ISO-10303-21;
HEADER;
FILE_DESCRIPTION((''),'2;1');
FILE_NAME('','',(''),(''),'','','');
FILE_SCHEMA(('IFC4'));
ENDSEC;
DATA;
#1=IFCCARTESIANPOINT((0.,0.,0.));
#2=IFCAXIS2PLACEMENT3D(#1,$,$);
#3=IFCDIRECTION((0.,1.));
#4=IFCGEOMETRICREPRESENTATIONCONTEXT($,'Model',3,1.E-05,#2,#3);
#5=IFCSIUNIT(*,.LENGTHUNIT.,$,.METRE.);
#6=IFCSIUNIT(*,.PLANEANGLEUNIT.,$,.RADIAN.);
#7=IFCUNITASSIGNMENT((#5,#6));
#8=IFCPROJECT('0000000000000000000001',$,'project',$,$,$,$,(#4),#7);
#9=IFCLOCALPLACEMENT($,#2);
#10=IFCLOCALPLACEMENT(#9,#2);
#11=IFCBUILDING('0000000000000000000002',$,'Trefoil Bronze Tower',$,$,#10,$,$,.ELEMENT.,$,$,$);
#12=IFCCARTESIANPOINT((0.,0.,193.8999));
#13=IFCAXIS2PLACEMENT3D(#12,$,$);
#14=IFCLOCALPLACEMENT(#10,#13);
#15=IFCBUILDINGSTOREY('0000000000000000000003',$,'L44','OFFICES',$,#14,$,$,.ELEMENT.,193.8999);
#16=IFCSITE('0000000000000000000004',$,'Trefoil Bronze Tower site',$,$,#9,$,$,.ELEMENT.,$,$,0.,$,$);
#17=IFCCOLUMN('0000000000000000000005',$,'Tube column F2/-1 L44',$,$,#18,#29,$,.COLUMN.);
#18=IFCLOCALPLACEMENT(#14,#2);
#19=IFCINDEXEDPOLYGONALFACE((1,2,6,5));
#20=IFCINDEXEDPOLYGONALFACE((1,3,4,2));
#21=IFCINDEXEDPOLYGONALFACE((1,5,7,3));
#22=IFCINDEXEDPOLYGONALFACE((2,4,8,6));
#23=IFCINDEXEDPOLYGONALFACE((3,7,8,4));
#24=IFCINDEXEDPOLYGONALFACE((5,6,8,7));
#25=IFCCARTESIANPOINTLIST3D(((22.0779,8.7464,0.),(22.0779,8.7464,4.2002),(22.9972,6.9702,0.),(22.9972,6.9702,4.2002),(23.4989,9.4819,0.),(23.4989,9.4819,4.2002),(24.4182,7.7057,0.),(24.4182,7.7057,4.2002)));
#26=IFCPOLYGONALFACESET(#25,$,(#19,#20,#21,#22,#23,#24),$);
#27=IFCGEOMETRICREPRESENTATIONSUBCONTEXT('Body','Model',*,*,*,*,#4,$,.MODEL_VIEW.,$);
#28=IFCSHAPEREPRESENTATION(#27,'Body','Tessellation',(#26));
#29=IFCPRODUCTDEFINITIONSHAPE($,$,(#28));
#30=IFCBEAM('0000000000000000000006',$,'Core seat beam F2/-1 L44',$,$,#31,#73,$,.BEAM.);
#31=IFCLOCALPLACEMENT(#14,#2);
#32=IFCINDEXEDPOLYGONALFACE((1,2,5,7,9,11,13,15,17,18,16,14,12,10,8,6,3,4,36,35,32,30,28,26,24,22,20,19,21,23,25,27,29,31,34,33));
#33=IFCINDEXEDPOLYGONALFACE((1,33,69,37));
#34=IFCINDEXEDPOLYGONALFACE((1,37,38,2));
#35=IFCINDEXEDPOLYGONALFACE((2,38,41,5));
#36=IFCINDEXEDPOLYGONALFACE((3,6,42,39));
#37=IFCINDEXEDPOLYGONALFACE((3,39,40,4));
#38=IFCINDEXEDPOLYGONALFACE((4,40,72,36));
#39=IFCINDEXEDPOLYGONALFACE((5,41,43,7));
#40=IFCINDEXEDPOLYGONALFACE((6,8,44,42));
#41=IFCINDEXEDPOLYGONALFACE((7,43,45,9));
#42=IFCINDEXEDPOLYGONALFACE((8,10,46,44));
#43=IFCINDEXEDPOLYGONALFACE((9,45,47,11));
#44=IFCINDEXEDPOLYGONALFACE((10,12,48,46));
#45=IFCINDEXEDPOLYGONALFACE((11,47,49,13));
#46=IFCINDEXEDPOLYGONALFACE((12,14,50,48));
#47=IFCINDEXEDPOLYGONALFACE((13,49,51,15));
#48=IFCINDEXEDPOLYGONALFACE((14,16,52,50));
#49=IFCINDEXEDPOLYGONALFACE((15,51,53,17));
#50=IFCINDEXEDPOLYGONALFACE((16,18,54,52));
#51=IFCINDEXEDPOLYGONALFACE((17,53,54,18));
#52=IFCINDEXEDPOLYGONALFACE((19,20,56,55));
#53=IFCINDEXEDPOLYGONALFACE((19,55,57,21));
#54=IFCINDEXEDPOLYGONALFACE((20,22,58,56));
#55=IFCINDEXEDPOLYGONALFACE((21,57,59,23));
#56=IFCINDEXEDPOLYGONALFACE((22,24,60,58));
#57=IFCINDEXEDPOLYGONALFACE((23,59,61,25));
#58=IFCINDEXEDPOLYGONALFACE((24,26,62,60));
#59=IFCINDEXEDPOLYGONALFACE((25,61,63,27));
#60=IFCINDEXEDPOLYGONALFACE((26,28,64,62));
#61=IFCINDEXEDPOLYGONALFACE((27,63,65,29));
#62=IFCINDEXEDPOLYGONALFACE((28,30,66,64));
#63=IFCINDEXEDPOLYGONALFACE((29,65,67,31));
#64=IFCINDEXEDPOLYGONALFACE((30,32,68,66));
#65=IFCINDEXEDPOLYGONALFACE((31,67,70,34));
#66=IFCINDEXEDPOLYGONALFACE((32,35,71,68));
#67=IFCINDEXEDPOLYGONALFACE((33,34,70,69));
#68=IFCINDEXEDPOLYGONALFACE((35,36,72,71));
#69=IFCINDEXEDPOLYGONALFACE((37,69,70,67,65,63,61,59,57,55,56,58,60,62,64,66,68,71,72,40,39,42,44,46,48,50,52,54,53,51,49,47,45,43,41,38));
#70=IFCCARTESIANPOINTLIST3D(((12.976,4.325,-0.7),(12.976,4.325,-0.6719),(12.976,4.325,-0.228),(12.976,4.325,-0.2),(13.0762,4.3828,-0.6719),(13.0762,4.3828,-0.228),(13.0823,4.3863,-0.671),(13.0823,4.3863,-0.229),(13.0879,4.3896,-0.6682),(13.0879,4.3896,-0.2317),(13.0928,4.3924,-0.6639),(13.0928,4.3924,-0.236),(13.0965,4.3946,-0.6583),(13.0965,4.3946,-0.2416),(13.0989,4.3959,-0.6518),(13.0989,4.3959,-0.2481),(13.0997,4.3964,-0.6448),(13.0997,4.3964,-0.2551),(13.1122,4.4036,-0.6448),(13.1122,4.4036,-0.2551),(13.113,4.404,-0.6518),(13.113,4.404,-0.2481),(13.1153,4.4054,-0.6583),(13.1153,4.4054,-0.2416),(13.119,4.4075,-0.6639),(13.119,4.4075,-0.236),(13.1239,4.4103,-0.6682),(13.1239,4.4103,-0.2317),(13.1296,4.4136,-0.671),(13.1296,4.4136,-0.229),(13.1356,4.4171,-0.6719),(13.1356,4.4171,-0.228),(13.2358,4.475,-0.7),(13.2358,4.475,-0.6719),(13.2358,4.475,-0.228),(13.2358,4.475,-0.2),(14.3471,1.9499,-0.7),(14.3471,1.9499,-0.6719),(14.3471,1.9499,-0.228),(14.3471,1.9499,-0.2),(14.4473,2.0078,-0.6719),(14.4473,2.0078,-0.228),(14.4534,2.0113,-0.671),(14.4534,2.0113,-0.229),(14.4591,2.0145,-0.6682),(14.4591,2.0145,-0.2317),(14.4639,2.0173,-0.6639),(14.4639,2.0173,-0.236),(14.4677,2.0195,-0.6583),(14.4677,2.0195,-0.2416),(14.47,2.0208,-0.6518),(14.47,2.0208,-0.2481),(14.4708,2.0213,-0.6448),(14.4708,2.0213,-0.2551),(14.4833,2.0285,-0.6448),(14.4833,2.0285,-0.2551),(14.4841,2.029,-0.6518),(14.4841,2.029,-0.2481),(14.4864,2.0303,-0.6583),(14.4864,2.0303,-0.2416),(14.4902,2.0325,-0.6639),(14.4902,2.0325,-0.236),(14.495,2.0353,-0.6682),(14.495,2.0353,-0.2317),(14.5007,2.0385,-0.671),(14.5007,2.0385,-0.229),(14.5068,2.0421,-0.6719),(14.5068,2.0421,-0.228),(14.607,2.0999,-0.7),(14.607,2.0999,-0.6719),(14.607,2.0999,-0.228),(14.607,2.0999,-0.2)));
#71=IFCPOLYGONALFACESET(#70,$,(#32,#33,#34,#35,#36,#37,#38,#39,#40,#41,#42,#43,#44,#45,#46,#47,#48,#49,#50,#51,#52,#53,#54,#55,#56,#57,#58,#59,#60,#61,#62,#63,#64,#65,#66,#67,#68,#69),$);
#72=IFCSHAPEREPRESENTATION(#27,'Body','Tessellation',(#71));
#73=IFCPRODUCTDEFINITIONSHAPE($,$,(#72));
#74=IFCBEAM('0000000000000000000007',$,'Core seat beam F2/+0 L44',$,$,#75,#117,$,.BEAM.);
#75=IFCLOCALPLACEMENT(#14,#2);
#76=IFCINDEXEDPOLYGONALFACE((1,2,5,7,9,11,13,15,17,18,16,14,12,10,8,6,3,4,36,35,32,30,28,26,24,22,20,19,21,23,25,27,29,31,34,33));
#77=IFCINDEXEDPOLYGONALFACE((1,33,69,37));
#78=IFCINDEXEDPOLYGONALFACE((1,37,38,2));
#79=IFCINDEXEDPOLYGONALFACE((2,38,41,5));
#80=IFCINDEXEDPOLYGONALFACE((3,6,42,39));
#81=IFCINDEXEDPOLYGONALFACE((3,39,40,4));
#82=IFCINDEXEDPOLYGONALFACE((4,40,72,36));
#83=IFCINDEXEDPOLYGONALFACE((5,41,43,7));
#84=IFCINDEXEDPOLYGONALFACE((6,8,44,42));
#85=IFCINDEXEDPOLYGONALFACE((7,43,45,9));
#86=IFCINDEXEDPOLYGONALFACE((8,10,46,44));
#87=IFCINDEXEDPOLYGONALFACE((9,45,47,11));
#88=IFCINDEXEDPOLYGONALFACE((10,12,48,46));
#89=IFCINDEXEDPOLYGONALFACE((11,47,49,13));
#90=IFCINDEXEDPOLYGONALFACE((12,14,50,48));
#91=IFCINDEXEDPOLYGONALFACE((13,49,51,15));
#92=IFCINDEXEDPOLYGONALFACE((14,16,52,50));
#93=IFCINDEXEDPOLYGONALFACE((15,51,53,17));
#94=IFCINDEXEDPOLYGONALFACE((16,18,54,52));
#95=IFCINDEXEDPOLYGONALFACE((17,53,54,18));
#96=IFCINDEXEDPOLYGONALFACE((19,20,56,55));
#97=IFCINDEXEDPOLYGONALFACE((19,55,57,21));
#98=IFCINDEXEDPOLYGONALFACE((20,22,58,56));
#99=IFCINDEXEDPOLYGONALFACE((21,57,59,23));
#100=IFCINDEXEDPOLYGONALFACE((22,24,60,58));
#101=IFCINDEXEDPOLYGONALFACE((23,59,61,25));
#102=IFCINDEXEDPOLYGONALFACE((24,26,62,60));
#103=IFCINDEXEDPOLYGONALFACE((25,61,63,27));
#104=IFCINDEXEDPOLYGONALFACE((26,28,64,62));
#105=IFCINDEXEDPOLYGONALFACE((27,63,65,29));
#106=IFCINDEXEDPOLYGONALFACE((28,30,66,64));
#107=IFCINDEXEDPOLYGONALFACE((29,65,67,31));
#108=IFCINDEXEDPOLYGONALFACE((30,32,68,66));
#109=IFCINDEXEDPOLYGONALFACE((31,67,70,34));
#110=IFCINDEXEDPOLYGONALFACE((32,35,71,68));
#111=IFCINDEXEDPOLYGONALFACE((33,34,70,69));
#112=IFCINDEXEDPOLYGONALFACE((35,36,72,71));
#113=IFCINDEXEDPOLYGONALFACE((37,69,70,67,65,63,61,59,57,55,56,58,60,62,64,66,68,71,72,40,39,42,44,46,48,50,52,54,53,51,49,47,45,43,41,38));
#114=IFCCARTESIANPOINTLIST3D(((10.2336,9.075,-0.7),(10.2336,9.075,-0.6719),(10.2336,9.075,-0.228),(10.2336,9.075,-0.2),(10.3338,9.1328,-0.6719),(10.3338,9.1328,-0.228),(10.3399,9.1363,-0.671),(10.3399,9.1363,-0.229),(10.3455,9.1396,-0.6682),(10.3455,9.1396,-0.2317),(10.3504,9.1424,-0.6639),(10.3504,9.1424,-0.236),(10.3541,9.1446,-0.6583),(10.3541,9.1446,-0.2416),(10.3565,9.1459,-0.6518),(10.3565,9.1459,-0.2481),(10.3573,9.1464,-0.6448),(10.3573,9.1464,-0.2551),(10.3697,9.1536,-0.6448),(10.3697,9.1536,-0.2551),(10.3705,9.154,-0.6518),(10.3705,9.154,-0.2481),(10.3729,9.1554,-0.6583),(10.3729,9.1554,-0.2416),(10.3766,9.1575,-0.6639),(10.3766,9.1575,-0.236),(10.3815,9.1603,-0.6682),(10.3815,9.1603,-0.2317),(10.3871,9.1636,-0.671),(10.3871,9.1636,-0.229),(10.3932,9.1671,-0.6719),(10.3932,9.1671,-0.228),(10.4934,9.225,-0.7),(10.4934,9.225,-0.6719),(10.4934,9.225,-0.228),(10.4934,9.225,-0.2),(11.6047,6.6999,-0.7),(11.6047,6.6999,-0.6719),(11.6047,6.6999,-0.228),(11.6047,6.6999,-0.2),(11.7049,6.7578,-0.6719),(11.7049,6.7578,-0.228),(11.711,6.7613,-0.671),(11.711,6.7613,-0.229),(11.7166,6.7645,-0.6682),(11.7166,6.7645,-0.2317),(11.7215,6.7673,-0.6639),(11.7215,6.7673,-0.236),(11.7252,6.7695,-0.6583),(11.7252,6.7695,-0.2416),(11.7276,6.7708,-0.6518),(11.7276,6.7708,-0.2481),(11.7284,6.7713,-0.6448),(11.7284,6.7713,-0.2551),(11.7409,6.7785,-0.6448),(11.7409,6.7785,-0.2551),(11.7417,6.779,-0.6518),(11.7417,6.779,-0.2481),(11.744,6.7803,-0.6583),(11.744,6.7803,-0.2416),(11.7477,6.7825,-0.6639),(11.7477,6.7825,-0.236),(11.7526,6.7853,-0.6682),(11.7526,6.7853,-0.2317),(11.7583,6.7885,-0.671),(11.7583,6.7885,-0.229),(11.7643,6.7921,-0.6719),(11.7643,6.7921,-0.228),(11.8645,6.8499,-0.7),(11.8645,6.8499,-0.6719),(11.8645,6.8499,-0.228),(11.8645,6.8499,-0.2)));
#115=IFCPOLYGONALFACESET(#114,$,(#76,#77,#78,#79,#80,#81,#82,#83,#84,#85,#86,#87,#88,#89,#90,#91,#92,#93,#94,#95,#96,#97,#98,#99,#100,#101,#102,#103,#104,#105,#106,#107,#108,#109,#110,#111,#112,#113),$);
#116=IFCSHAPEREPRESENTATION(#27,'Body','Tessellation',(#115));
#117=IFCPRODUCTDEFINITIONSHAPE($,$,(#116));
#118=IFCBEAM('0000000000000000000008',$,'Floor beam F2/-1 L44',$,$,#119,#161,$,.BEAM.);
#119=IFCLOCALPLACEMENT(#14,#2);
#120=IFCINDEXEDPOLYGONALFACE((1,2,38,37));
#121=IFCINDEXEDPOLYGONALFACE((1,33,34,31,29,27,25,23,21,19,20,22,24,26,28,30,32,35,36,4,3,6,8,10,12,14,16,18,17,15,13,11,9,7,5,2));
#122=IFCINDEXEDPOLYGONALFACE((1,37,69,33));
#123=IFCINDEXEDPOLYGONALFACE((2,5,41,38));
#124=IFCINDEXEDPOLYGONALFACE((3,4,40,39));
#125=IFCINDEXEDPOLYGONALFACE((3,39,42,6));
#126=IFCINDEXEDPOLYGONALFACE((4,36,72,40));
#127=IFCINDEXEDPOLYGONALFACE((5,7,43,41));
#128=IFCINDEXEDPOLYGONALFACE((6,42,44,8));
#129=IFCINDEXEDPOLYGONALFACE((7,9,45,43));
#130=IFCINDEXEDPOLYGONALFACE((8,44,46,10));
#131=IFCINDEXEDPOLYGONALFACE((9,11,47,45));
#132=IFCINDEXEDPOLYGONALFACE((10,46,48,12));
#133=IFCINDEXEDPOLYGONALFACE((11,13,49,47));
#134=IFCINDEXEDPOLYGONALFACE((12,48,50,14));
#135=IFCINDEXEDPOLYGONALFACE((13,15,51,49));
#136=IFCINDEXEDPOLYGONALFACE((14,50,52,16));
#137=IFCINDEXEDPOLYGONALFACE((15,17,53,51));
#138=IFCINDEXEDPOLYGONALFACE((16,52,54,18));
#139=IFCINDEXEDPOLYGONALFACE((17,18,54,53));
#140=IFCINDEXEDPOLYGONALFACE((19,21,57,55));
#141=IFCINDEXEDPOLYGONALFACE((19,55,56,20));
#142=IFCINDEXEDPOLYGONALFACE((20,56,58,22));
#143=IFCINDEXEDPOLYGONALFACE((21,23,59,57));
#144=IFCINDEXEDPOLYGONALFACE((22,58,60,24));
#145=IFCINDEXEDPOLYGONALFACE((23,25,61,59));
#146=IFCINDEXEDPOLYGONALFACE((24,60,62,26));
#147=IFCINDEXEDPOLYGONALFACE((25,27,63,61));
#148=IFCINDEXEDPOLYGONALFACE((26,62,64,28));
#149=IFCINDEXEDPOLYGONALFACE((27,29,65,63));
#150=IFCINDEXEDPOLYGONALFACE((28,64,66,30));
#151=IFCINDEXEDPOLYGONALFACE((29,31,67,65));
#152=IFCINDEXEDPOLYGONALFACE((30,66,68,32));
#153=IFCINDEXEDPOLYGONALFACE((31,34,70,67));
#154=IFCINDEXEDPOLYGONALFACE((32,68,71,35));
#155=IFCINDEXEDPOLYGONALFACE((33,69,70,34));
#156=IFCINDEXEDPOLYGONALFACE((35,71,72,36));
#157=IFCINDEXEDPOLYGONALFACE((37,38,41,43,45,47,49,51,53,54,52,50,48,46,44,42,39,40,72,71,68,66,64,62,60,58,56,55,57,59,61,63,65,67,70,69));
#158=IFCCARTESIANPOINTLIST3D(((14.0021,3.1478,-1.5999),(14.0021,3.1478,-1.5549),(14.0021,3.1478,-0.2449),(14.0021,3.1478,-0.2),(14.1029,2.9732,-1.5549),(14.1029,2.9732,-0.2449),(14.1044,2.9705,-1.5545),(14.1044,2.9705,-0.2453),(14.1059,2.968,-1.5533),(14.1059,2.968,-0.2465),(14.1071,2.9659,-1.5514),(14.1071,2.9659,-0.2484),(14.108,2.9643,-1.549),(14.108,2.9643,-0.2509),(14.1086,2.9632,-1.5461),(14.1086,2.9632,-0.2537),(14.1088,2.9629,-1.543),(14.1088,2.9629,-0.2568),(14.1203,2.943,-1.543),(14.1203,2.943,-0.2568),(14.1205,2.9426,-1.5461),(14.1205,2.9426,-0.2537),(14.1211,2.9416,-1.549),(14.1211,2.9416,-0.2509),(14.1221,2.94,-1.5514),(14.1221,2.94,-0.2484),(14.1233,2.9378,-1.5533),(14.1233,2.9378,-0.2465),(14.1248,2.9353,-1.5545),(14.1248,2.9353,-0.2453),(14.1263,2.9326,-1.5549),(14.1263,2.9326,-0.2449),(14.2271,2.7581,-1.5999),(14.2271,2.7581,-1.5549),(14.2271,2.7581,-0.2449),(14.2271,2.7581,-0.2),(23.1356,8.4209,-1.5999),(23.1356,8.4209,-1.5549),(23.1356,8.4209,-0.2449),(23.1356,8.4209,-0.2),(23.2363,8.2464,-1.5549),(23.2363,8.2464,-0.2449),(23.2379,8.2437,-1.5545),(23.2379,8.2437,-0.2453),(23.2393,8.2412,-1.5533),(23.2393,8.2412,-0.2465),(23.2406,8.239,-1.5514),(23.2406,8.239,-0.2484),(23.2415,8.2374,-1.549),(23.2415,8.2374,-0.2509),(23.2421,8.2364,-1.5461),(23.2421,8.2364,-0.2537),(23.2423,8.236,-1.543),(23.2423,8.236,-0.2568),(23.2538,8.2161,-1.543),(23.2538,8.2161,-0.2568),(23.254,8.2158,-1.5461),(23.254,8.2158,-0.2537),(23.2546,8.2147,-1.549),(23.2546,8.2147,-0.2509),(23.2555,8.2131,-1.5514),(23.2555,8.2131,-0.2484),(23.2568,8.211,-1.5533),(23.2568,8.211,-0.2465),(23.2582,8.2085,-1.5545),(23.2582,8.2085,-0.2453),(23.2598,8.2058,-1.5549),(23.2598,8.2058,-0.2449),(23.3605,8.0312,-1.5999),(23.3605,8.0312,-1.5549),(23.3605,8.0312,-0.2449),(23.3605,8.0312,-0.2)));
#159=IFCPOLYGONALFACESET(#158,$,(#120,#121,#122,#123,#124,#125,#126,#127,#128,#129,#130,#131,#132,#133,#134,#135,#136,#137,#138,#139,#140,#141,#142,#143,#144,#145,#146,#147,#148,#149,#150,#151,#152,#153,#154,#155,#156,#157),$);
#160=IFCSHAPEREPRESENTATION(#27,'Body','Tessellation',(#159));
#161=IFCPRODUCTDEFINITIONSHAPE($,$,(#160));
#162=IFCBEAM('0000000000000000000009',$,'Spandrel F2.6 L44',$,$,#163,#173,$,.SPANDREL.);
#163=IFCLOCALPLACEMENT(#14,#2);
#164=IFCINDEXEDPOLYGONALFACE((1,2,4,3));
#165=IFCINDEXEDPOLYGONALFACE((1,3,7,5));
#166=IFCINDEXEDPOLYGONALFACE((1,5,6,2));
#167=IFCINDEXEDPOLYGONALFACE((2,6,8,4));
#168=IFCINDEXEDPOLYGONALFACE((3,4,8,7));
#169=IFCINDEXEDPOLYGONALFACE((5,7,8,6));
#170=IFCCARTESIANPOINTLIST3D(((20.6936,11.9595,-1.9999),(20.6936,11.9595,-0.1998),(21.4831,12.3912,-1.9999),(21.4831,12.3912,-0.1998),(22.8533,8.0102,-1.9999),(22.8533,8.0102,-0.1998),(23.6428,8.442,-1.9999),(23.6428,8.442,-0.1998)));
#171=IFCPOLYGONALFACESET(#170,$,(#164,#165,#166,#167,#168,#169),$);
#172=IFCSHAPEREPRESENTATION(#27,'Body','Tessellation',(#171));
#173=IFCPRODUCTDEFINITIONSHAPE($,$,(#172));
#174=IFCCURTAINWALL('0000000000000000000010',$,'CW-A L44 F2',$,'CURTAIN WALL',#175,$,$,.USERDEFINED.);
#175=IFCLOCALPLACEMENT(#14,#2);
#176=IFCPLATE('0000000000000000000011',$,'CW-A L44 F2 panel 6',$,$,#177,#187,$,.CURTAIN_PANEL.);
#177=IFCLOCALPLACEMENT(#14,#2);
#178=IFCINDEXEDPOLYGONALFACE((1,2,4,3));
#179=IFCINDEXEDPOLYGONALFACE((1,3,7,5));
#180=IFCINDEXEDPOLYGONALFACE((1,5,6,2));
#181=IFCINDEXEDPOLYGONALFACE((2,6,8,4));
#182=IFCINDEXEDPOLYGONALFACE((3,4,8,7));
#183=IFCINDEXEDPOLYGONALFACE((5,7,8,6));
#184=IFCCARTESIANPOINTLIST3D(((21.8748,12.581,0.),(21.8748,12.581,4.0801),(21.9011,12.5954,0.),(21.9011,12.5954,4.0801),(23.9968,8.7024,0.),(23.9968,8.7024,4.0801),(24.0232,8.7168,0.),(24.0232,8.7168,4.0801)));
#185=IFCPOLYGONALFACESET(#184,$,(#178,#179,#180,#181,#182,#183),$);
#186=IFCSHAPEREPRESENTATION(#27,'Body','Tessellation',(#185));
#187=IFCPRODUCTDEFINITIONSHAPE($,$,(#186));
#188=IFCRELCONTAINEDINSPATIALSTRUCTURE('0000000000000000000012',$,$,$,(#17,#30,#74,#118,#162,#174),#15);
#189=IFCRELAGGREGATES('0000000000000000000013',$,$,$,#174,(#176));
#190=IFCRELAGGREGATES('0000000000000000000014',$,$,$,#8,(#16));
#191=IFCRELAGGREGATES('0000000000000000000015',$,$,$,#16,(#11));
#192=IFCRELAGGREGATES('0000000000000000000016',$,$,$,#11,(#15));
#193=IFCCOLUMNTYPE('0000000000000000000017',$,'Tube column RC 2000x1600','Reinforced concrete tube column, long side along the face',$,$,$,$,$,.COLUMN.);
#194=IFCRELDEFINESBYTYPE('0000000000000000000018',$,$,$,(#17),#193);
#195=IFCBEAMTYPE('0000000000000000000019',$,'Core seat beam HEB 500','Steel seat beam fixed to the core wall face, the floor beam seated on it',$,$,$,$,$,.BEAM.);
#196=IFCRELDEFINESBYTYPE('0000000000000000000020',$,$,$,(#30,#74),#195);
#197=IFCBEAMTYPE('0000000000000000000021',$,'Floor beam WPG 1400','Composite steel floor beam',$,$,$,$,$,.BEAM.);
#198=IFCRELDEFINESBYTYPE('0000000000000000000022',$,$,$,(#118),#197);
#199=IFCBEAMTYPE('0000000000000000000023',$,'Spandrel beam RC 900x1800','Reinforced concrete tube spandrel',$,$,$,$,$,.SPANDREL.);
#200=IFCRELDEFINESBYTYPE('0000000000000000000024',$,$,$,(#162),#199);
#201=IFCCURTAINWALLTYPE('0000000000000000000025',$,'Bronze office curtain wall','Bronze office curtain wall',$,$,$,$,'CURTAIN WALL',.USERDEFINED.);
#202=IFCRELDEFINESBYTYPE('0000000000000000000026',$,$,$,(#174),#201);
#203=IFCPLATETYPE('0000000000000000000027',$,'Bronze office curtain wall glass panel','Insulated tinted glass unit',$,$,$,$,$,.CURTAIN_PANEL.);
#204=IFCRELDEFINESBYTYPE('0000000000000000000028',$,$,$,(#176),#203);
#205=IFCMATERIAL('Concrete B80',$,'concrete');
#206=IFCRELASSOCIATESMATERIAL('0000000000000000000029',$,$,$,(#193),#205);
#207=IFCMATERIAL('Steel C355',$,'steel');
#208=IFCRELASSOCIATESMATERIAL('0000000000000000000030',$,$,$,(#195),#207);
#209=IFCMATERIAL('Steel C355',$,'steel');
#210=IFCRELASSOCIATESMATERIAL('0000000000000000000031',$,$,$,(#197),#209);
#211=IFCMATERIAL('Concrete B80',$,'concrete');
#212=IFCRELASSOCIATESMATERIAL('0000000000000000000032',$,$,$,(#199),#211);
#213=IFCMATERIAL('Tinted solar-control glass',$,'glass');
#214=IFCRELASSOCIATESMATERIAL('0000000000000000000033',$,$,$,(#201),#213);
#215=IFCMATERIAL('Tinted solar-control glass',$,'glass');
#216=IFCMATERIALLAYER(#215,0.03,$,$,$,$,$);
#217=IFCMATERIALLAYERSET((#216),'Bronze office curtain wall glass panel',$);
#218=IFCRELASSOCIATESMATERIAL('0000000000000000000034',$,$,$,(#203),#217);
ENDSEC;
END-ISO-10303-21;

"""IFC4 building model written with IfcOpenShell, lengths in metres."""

from ifc_helpers import new_model, si_unit, direction, frame, origin, origin_2d, place, context, subcontext, project, spatial, rectangle, i_section, extrude, material, layer, layer_set, material_profile, profile_set, type_object, element, aggregate, save


model = new_model("IFC4")

# Units and contexts
model_context = context("Model", 3, precision=1e-05, world=origin(), true_north=direction((0.0, 1.0)))
body_context = subcontext(model_context, "Body", "Model", "MODEL_VIEW")
ifc_project = project(units=[si_unit("LENGTHUNIT", "METRE"), si_unit("PLANEANGLEUNIT", "RADIAN")], contexts=[model_context])

# Site, building, storey
site_placement = place(None, origin())
site = spatial("IfcSite", under=ifc_project, at=site_placement, Name="Trefoil Bronze Tower site", CompositionType="ELEMENT", RefElevation=0.0)
building_placement = place(site_placement, origin())
building = spatial("IfcBuilding", under=site, at=building_placement, Name="Trefoil Bronze Tower", CompositionType="ELEMENT")
storey_placement = place(building_placement, frame((0.0, 0.0, 193.8999)))
storey = spatial("IfcBuildingStorey", under=building, at=storey_placement, Name="L44", Description="OFFICES", CompositionType="ELEMENT", Elevation=193.8999)

# Column
ifc_material_1 = material(Name="Concrete B80", Category="concrete")
ifc_material_profile_1 = material_profile(ifc_material_1, rectangle(XDim=2.0, YDim=1.6001, at=origin_2d()), Name="RC 2000x1600")
ifc_profile_set_1 = profile_set([ifc_material_profile_1], Name="Concrete B80")
column_type = type_object("IfcColumnType", Name="Tube column RC 2000x1600", Description="Reinforced concrete tube column, long side along the face", PredefinedType="COLUMN", material=ifc_profile_set_1)
column_placement = place(storey_placement, frame((23.248, 8.2261, 0.0), z_axis=(0.0, 0.0, 1.0), x_axis=(-0.459673, 0.888088, 0.0)))
element("IfcColumn", 1, at=column_placement, inside=storey, type_object=column_type, Name="Tube column F2/-1 L44", PredefinedType="COLUMN", context=body_context, shape_type="SweptSolid", body=[
    extrude(rectangle(XDim=2.0, YDim=1.6001, at=origin_2d()), origin(), (0.0, 0.0, 1.0), 4.2002),
])

# Beams
ifc_material_2 = material(Name="Steel C355", Category="steel")
ifc_material_profile_2 = material_profile(ifc_material_2, i_section(OverallWidth=0.3, OverallDepth=0.5, WebThickness=0.0144, FlangeThickness=0.0281, FilletRadius=0.0271, at=origin_2d()), Name="HEB 500")
ifc_profile_set_2 = profile_set([ifc_material_profile_2], Name="Steel C355")
beam_type_1 = type_object("IfcBeamType", Name="Core seat beam HEB 500", Description="Steel seat beam fixed to the core wall face, the floor beam seated on it", PredefinedType="BEAM", material=ifc_profile_set_2)
for number, where, z_axis, x_axis, name in (
    (2, (14.4771, 2.0249, -0.45), (-0.499969, 0.866043, 0.0), (-0.866043, -0.499969, 0.0), "Core seat beam F2/-1 L44"),
    (3, (11.7346, 6.7749, -0.45), (-0.499969, 0.866043, 0.0), (-0.866043, -0.499969, 0.0), "Core seat beam F2/+0 L44"),
):
    element("IfcBeam", number, at=place(storey_placement, frame(where, z_axis=z_axis, x_axis=x_axis)), inside=storey, type_object=beam_type_1, Name=name, PredefinedType="BEAM", context=body_context, shape_type="SweptSolid", body=[
        extrude(i_section(OverallWidth=0.3, OverallDepth=0.5, WebThickness=0.0144, FlangeThickness=0.0281, FilletRadius=0.0271, at=origin_2d()), origin(), (0.0, 0.0, 1.0), 2.7424),
    ])
ifc_material_3 = material(Name="Steel C355", Category="steel")
ifc_material_profile_3 = material_profile(ifc_material_3, i_section(OverallWidth=0.45, OverallDepth=1.3999, WebThickness=0.0229, FlangeThickness=0.0449, FilletRadius=0.012, at=origin_2d()), Name="WPG 1400")
ifc_profile_set_3 = profile_set([ifc_material_profile_3], Name="Steel C355")
beam_type_2 = type_object("IfcBeamType", Name="Floor beam WPG 1400", Description="Composite steel floor beam", PredefinedType="BEAM", material=ifc_profile_set_3)
beam_1_placement = place(storey_placement, frame((23.248, 8.2261, -0.8999), z_axis=(-0.866028, -0.499996, 0.0), x_axis=(0.499996, -0.866028, 0.0)))
element("IfcBeam", 4, at=beam_1_placement, inside=storey, type_object=beam_type_2, Name="Floor beam F2/-1 L44", PredefinedType="BEAM", context=body_context, shape_type="SweptSolid", body=[
    extrude(i_section(OverallWidth=0.45, OverallDepth=1.3999, WebThickness=0.0229, FlangeThickness=0.0449, FilletRadius=0.012, at=origin_2d()), origin(), (0.0, 0.0, 1.0), 10.5464),
])
ifc_material_4 = material(Name="Concrete B80", Category="concrete")
ifc_material_profile_4 = material_profile(ifc_material_4, rectangle(XDim=0.8999, YDim=1.8, at=origin_2d()), Name="RC 900x1800")
ifc_profile_set_4 = profile_set([ifc_material_profile_4], Name="Concrete B80")
beam_type_3 = type_object("IfcBeamType", Name="Spandrel beam RC 900x1800", Description="Reinforced concrete tube spandrel", PredefinedType="SPANDREL", material=ifc_profile_set_4)
beam_2_placement = place(storey_placement, frame((23.248, 8.2261, -1.0999), z_axis=(-0.479802, 0.877377, 0.0), x_axis=(-0.877377, -0.479802, 0.0)))
element("IfcBeam", 5, at=beam_2_placement, inside=storey, type_object=beam_type_3, Name="Spandrel F2.6 L44", PredefinedType="SPANDREL", context=body_context, shape_type="SweptSolid", body=[
    extrude(rectangle(XDim=0.8999, YDim=1.8, at=origin_2d()), origin(), (0.0, 0.0, 1.0), 4.5012),
])

# Curtain wall, plate
ifc_material_5 = material(Name="Tinted solar-control glass", Category="glass")
curtain_wall_type = type_object("IfcCurtainWallType", Name="Bronze office curtain wall", Description="Bronze office curtain wall", ElementType="CURTAIN WALL", PredefinedType="USERDEFINED", material=ifc_material_5)
curtain_wall_placement = place(storey_placement, origin())
curtain_wall = element("IfcCurtainWall", 6, at=curtain_wall_placement, inside=storey, type_object=curtain_wall_type, Name="CW-A L44 F2", ObjectType="CURTAIN WALL", PredefinedType="USERDEFINED")
ifc_material_6 = material(Name="Tinted solar-control glass", Category="glass")
ifc_layer_1 = layer(ifc_material_6, 0.03)
ifc_layer_set_1 = layer_set([ifc_layer_1], Name="Bronze office curtain wall glass panel")
plate_type = type_object("IfcPlateType", Name="Bronze office curtain wall glass panel", Description="Insulated tinted glass unit", PredefinedType="CURTAIN_PANEL", material=ifc_layer_set_1)
plate_placement = place(storey_placement, frame((22.949, 10.6489, 0.0), z_axis=(0.0, 0.0, 1.0), x_axis=(-0.479974, 0.877283, 0.0)))
plate = element("IfcPlate", 7, at=plate_placement, type_object=plate_type, Name="CW-A L44 F2 panel 6", PredefinedType="CURTAIN_PANEL", context=body_context, shape_type="SweptSolid", body=[
    extrude(rectangle(XDim=4.4211, YDim=0.03, at=origin_2d()), origin(), (0.0, 0.0, 1.0), 4.0801),
])
aggregate(curtain_wall, [plate])

save(model, "model.ifc")
